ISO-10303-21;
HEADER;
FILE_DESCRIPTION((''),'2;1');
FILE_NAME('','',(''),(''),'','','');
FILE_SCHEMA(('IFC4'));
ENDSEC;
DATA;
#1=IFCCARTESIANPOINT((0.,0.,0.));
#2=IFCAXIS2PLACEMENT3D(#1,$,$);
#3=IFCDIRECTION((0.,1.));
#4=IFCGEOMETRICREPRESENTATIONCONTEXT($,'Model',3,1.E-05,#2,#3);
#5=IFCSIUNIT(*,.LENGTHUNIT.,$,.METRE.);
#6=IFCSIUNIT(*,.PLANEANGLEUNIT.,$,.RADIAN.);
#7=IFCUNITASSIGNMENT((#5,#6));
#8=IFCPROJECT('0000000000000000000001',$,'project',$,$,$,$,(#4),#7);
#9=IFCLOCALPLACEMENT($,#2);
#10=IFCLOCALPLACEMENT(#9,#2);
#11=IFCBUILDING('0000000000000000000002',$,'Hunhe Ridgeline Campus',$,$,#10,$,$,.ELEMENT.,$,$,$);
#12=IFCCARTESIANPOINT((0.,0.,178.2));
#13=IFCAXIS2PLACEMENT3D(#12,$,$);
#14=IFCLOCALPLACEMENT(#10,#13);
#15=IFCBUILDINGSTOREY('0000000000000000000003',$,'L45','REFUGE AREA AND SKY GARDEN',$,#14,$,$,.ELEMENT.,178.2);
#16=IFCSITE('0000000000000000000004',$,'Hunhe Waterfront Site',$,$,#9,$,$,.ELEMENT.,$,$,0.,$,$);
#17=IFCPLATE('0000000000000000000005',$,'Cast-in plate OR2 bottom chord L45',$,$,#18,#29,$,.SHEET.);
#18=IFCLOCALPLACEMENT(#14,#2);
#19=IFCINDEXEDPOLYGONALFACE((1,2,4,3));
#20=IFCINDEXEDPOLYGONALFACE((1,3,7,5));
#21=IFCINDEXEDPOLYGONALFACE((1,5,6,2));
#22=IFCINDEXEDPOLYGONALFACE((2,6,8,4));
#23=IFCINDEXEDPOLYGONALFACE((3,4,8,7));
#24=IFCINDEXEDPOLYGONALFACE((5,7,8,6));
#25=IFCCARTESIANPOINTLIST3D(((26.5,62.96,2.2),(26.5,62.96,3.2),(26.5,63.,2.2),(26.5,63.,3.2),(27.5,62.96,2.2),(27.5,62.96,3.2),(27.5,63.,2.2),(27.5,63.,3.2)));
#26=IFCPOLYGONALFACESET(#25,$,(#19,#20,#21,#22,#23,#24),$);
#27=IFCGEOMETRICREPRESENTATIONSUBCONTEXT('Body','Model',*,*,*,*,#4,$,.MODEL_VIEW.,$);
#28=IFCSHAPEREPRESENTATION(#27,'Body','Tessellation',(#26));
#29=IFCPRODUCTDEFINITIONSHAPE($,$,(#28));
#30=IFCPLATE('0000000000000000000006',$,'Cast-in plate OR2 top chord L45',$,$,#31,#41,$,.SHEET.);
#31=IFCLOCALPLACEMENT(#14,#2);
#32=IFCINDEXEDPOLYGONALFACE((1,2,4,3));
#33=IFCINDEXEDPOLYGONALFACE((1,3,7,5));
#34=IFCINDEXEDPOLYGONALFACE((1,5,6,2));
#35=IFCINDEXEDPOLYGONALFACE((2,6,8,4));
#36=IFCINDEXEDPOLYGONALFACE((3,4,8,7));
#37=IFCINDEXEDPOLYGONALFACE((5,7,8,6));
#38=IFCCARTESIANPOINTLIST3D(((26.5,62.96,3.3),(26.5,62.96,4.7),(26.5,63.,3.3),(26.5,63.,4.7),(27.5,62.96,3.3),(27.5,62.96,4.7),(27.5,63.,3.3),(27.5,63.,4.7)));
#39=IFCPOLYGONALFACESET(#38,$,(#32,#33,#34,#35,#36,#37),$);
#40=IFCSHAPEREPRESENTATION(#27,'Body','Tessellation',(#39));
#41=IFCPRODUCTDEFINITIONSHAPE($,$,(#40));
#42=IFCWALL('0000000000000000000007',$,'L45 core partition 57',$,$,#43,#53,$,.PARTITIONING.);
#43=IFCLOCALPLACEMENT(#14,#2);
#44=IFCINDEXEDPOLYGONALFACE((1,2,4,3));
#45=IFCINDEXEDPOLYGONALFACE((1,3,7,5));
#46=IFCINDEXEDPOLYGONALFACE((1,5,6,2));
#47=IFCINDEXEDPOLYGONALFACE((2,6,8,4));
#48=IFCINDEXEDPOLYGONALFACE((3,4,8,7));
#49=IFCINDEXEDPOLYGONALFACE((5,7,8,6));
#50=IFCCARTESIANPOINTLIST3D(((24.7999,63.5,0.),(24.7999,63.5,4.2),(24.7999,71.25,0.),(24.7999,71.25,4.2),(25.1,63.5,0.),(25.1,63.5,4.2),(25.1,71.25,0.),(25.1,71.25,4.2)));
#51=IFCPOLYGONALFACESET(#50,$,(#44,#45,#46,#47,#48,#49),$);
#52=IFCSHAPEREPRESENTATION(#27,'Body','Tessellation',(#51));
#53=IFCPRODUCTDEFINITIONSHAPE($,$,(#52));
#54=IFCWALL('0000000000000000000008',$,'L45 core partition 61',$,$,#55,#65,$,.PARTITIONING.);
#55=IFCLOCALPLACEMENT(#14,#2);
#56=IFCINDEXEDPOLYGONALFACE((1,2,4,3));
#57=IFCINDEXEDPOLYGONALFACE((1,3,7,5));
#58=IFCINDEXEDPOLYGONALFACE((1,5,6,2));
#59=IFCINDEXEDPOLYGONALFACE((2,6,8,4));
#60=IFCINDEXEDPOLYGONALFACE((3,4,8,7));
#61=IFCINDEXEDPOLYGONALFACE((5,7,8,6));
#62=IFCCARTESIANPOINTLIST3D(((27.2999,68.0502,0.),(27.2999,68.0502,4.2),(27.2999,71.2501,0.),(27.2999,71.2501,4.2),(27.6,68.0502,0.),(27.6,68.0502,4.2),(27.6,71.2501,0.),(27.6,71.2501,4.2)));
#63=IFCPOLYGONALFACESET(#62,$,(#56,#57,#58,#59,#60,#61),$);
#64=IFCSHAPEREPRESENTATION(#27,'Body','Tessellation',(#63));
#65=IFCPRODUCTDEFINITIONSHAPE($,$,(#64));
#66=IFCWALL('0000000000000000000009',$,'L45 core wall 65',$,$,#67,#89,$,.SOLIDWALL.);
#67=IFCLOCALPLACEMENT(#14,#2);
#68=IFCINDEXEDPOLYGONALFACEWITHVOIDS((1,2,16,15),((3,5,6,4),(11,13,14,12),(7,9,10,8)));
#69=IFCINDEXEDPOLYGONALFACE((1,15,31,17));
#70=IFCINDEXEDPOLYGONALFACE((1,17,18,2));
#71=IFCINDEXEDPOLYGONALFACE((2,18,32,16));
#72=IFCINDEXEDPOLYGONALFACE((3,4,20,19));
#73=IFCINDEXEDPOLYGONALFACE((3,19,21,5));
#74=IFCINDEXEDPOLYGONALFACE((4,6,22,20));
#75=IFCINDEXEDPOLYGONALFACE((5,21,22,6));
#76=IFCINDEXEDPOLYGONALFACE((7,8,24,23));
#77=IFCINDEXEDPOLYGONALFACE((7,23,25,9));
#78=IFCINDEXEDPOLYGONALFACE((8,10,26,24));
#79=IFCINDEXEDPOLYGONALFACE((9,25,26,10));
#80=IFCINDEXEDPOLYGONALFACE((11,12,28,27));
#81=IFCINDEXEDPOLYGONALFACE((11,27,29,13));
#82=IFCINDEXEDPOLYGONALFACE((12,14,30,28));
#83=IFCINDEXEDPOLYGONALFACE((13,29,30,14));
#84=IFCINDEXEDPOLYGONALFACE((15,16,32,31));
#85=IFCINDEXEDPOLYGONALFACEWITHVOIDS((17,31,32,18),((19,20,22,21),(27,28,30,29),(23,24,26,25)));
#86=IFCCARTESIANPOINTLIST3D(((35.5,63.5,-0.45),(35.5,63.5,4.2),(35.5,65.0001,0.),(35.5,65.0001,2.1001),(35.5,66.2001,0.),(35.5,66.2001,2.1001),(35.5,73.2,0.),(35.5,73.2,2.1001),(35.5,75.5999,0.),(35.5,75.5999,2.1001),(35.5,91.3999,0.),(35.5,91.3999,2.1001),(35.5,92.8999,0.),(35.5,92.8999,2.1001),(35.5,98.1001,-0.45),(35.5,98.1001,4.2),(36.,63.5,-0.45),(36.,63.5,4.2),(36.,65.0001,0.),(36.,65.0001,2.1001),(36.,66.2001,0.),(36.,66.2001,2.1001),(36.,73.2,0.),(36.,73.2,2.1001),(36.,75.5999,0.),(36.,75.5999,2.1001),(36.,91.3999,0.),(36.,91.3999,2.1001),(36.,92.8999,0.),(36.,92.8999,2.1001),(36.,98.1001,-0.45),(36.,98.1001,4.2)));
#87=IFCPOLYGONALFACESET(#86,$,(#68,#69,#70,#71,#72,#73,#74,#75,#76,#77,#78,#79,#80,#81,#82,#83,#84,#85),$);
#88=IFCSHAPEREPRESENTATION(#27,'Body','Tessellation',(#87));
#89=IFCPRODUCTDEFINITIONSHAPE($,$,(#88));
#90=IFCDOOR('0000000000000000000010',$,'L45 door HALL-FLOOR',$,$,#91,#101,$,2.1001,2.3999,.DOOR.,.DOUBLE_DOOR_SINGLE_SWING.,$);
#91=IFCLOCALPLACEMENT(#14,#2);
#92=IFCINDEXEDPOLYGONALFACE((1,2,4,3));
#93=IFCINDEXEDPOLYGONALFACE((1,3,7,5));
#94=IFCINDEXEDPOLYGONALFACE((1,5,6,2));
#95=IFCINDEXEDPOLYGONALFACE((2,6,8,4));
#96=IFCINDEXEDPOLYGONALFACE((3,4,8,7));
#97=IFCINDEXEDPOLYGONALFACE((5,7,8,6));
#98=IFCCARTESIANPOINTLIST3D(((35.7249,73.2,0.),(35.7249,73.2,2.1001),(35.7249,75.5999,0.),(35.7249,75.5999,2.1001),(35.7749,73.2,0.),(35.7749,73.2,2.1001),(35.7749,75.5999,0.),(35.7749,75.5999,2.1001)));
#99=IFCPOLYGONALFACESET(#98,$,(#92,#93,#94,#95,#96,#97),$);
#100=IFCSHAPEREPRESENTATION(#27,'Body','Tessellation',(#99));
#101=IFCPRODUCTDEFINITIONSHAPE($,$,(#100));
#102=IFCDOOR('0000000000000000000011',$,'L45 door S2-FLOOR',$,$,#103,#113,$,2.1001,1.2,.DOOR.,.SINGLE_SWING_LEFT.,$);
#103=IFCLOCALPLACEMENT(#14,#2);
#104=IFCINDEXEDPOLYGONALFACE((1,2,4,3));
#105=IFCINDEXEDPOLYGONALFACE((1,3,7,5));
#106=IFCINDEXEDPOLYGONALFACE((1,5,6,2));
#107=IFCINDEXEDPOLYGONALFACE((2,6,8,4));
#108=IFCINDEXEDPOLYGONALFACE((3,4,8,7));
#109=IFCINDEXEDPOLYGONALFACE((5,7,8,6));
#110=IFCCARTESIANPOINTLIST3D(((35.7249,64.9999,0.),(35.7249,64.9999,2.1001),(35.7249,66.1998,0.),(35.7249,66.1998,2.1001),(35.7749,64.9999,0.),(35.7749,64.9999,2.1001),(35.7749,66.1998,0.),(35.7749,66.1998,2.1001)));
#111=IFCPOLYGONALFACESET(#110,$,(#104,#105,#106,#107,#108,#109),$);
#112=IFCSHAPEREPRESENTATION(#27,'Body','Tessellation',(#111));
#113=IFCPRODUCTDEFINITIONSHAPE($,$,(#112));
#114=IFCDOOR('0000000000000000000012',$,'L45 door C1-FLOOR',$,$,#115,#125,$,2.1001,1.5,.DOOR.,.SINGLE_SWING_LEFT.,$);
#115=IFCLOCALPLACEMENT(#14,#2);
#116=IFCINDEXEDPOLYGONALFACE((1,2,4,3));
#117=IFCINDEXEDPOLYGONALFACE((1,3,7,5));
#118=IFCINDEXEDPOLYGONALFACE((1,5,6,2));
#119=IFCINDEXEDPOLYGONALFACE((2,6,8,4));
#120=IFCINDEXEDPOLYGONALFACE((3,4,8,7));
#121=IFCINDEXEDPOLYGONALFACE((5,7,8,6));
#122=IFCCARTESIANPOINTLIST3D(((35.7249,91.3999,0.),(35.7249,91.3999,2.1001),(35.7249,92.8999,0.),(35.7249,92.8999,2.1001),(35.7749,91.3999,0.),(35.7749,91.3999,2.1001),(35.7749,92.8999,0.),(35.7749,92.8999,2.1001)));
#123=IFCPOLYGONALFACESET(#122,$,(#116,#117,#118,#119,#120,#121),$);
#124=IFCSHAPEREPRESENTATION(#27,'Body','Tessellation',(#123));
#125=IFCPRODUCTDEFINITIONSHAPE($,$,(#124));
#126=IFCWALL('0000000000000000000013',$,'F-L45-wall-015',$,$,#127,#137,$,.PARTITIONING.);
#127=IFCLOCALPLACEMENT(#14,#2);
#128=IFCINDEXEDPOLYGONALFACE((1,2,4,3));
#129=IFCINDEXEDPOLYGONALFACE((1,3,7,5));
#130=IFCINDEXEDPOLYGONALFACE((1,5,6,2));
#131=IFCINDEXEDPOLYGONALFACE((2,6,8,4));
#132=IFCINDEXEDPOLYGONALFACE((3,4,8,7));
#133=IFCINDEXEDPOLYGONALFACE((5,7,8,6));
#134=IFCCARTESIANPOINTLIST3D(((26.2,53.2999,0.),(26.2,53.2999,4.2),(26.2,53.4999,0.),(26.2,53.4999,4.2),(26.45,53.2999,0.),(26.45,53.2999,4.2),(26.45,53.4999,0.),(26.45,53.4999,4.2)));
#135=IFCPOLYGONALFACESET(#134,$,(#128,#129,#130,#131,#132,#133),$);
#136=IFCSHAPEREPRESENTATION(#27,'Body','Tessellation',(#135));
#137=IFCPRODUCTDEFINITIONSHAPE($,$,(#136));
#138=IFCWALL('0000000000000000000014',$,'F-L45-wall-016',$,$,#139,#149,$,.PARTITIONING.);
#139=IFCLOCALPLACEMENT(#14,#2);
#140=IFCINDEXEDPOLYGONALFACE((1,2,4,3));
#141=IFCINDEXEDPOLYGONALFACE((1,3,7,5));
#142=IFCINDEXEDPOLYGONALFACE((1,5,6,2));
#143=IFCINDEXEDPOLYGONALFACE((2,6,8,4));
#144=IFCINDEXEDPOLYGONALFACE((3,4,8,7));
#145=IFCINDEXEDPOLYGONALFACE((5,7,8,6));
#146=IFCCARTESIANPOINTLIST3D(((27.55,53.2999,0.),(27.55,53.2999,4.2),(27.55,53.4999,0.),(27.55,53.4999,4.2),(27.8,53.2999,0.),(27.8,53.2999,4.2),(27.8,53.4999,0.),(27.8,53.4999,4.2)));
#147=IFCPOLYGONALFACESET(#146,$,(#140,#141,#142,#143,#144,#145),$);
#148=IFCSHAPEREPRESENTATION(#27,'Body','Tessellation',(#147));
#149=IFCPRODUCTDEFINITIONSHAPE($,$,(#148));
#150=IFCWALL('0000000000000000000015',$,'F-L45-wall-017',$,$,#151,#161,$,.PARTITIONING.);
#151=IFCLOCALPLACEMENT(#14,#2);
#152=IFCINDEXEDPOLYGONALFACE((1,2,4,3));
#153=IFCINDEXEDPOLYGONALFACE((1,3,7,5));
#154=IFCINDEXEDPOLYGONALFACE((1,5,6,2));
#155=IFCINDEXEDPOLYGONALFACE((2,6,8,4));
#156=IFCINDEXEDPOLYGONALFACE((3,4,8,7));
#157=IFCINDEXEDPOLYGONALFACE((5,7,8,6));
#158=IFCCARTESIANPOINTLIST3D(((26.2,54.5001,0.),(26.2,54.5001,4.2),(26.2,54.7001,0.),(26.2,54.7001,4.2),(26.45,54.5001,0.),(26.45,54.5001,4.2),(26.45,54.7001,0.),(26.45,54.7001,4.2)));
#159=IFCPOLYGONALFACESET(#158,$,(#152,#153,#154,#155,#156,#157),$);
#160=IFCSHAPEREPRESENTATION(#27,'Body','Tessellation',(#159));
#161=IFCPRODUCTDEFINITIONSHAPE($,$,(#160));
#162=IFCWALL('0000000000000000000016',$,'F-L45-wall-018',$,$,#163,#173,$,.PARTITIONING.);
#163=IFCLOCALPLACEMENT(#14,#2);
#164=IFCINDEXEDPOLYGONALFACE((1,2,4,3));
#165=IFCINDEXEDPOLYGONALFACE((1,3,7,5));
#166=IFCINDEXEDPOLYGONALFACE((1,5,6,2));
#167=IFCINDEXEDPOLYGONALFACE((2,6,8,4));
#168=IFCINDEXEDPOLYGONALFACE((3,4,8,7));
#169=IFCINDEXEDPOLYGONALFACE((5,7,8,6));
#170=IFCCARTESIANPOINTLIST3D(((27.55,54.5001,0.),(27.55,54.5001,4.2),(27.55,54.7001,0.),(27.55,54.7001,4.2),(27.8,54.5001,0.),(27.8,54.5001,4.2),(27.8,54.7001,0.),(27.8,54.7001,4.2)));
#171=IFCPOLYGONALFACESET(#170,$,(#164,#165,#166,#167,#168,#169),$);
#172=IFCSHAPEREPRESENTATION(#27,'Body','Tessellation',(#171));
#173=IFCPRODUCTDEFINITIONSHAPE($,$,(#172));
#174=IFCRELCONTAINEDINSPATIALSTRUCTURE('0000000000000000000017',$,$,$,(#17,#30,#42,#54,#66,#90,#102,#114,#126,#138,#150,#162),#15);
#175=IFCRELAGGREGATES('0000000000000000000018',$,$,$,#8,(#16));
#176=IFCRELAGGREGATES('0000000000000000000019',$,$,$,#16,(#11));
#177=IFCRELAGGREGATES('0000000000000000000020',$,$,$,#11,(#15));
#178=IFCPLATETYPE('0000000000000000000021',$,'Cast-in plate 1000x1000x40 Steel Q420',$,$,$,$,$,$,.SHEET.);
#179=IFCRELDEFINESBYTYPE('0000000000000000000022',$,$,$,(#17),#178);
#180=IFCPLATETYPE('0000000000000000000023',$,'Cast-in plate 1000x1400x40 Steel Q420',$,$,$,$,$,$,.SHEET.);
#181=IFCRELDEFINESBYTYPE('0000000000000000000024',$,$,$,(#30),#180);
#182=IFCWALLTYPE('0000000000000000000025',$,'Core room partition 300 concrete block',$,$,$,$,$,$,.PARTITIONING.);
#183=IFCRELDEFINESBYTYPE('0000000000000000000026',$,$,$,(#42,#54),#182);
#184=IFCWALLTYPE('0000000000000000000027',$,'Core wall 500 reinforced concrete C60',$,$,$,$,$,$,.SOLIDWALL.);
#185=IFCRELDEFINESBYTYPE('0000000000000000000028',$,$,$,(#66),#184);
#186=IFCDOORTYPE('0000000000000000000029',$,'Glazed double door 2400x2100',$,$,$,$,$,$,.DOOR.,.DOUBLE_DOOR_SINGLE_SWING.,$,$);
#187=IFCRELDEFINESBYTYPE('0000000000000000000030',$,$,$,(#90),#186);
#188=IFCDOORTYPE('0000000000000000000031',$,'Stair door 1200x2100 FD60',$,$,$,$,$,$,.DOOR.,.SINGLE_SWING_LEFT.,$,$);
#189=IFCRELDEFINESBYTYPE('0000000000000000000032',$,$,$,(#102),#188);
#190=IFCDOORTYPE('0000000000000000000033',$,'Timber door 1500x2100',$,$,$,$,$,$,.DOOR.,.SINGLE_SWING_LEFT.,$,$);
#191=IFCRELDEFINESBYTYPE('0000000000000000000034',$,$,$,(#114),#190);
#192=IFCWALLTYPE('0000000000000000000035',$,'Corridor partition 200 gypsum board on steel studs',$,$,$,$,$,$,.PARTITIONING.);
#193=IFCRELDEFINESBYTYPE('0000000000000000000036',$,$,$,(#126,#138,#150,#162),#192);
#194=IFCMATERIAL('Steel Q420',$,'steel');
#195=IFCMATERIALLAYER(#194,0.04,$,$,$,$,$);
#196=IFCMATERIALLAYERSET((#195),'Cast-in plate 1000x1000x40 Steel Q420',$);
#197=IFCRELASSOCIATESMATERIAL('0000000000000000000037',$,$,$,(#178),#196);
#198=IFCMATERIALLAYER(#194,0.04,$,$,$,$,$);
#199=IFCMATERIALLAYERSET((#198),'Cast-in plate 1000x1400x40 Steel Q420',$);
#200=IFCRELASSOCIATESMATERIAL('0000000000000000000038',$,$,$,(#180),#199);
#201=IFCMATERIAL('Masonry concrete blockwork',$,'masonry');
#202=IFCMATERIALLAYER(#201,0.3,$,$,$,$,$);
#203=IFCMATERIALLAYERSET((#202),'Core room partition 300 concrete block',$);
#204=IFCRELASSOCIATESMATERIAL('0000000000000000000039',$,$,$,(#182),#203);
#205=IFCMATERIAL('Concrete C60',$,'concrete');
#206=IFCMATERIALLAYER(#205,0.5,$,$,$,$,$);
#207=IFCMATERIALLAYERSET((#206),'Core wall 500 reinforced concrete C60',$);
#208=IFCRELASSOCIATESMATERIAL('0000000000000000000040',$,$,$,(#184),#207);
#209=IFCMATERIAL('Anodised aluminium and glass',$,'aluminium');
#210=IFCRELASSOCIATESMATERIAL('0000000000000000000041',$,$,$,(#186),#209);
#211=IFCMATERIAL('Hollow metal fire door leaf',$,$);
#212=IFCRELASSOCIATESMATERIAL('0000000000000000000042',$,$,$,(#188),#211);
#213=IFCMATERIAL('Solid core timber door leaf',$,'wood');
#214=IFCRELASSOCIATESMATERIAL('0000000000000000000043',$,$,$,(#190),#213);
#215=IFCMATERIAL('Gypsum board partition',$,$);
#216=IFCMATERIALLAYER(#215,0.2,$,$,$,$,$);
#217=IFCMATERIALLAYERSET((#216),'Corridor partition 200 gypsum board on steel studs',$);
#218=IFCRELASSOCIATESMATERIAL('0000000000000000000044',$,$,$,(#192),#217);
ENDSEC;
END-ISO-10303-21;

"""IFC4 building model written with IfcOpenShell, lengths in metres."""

from ifc_helpers import new_model, si_unit, direction, frame, frame_2d, origin, origin_2d, place, context, subcontext, project, spatial, rectangle, extrude, material, layer, layer_set, type_object, element, fill, save


model = new_model("IFC4")

# Units and contexts
model_context = context("Model", 3, precision=1e-05, world=origin(), true_north=direction((0.0, 1.0)))
body_context = subcontext(model_context, "Body", "Model", "MODEL_VIEW")
ifc_project = project(units=[si_unit("LENGTHUNIT", "METRE"), si_unit("PLANEANGLEUNIT", "RADIAN")], contexts=[model_context])

# Site, building, storey
site_placement = place(None, origin())
site = spatial("IfcSite", under=ifc_project, at=site_placement, Name="Hunhe Waterfront Site", CompositionType="ELEMENT", RefElevation=0.0)
building_placement = place(site_placement, origin())
building = spatial("IfcBuilding", under=site, at=building_placement, Name="Hunhe Ridgeline Campus", CompositionType="ELEMENT")
storey_placement = place(building_placement, frame((0.0, 0.0, 178.2)))
storey = spatial("IfcBuildingStorey", under=building, at=storey_placement, Name="L45", Description="REFUGE AREA AND SKY GARDEN", CompositionType="ELEMENT", Elevation=178.2)

# Shared definitions
ifc_material_1 = material(Name="Steel Q420", Category="steel")

# Plates
ifc_layer_1 = layer(ifc_material_1, 0.04)
ifc_layer_set_1 = layer_set([ifc_layer_1], Name="Cast-in plate 1000x1000x40 Steel Q420")
plate_type_1 = type_object("IfcPlateType", Name="Cast-in plate 1000x1000x40 Steel Q420", PredefinedType="SHEET", material=ifc_layer_set_1)
plate_1_placement = place(storey_placement, frame((27.0, 62.98, 2.2), z_axis=(0.0, 0.0, 1.0), x_axis=(0.0, -1.0, 0.0)))
element("IfcPlate", 1, at=plate_1_placement, inside=storey, type_object=plate_type_1, Name="Cast-in plate OR2 bottom chord L45", PredefinedType="SHEET", context=body_context, shape_type="SweptSolid", body=[
    extrude(rectangle(XDim=0.04, YDim=1.0, at=origin_2d()), origin(), (0.0, 0.0, 1.0), 1.0),
])
ifc_layer_2 = layer(ifc_material_1, 0.04)
ifc_layer_set_2 = layer_set([ifc_layer_2], Name="Cast-in plate 1000x1400x40 Steel Q420")
plate_type_2 = type_object("IfcPlateType", Name="Cast-in plate 1000x1400x40 Steel Q420", PredefinedType="SHEET", material=ifc_layer_set_2)
plate_2_placement = place(storey_placement, frame((27.0, 62.98, 3.3), z_axis=(0.0, 0.0, 1.0), x_axis=(0.0, -1.0, 0.0)))
element("IfcPlate", 2, at=plate_2_placement, inside=storey, type_object=plate_type_2, Name="Cast-in plate OR2 top chord L45", PredefinedType="SHEET", context=body_context, shape_type="SweptSolid", body=[
    extrude(rectangle(XDim=0.04, YDim=1.0, at=origin_2d()), origin(), (0.0, 0.0, 1.0), 1.3999),
])

# Walls
ifc_material_2 = material(Name="Masonry concrete blockwork", Category="masonry")
ifc_layer_3 = layer(ifc_material_2, 0.3)
ifc_layer_set_3 = layer_set([ifc_layer_3], Name="Core room partition 300 concrete block")
wall_type_1 = type_object("IfcWallType", Name="Core room partition 300 concrete block", PredefinedType="PARTITIONING", material=ifc_layer_set_3)
wall_1_placement = place(storey_placement, frame((24.95, 63.5, 0.0), z_axis=(0.0, 0.0, 1.0), x_axis=(0.0, 1.0, 0.0)))
element("IfcWall", 3, at=wall_1_placement, inside=storey, type_object=wall_type_1, Name="L45 core partition 57", PredefinedType="PARTITIONING", context=body_context, shape_type="SweptSolid", body=[
    extrude(rectangle(XDim=7.75, YDim=0.3, at=frame_2d((3.875, 0.0))), origin(), (0.0, 0.0, 1.0), 4.2),
])
wall_2_placement = place(storey_placement, frame((27.45, 68.05, 0.0), z_axis=(0.0, 0.0, 1.0), x_axis=(0.0, 1.0, 0.0)))
element("IfcWall", 4, at=wall_2_placement, inside=storey, type_object=wall_type_1, Name="L45 core partition 61", PredefinedType="PARTITIONING", context=body_context, shape_type="SweptSolid", body=[
    extrude(rectangle(XDim=3.2, YDim=0.3, at=frame_2d((1.6001, 0.0))), origin(), (0.0, 0.0, 1.0), 4.2),
])

# Wall, openings, doors
ifc_material_3 = material(Name="Concrete C60", Category="concrete")
ifc_layer_4 = layer(ifc_material_3, 0.5)
ifc_layer_set_4 = layer_set([ifc_layer_4], Name="Core wall 500 reinforced concrete C60")
wall_type_2 = type_object("IfcWallType", Name="Core wall 500 reinforced concrete C60", PredefinedType="SOLIDWALL", material=ifc_layer_set_4)
wall_3_placement = place(storey_placement, frame((35.75, 63.5, -0.45), z_axis=(0.0, 0.0, 1.0), x_axis=(0.0, 1.0, 0.0)))
wall_3 = element("IfcWall", 5, at=wall_3_placement, inside=storey, type_object=wall_type_2, Name="L45 core wall 65", PredefinedType="SOLIDWALL", context=body_context, shape_type="SweptSolid", body=[
    extrude(rectangle(XDim=34.6001, YDim=0.5, at=frame_2d((17.3, 0.0))), origin(), (0.0, 0.0, 1.0), 4.6499),
])
opening_1_placement = place(wall_3_placement, frame((9.7, 0.0, 0.45)))
opening_1 = element("IfcOpeningElement", 6, at=opening_1_placement, cuts=wall_3, PredefinedType="OPENING", context=body_context, shape_type="SweptSolid", body=[
    extrude(rectangle(XDim=2.3999, YDim=2.1001, at=frame_2d((1.2, 1.05))), frame((0.0, 0.25, 0.0), z_axis=(0.0, -1.0, 0.0), x_axis=(1.0, 0.0, 0.0)), (0.0, 0.0, 1.0), 0.5),
])
opening_2_placement = place(wall_3_placement, frame((27.8999, 0.0, 0.45)))
opening_2 = element("IfcOpeningElement", 7, at=opening_2_placement, cuts=wall_3, PredefinedType="OPENING", context=body_context, shape_type="SweptSolid", body=[
    extrude(rectangle(XDim=1.5, YDim=2.1001, at=frame_2d((0.75, 1.05))), frame((0.0, 0.25, 0.0), z_axis=(0.0, -1.0, 0.0), x_axis=(1.0, 0.0, 0.0)), (0.0, 0.0, 1.0), 0.5),
])
opening_3_placement = place(wall_3_placement, frame((1.5, 0.0, 0.45)))
opening_3 = element("IfcOpeningElement", 8, at=opening_3_placement, cuts=wall_3, PredefinedType="OPENING", context=body_context, shape_type="SweptSolid", body=[
    extrude(rectangle(XDim=1.2, YDim=2.1001, at=frame_2d((0.6001, 1.05))), frame((0.0, 0.25, 0.0), z_axis=(0.0, -1.0, 0.0), x_axis=(1.0, 0.0, 0.0)), (0.0, 0.0, 1.0), 0.5),
])
ifc_material_4 = material(Name="Anodised aluminium and glass", Category="aluminium")
door_type_1 = type_object("IfcDoorType", Name="Glazed double door 2400x2100", OperationType="DOUBLE_DOOR_SINGLE_SWING", PredefinedType="DOOR", material=ifc_material_4)
door_1_placement = place(opening_1_placement, frame((2.3999, 0.0, 0.0), z_axis=(0.0, 0.0, 1.0), x_axis=(-1.0, 0.0, 0.0)))
door_1 = element("IfcDoor", 9, at=door_1_placement, inside=storey, type_object=door_type_1, Name="L45 door HALL-FLOOR", OperationType="DOUBLE_DOOR_SINGLE_SWING", OverallHeight=2.1001, OverallWidth=2.3999, PredefinedType="DOOR", context=body_context, shape_type="SweptSolid", body=[
    extrude(rectangle(XDim=2.3999, YDim=2.1001, at=frame_2d((1.2, 1.05))), frame((0.0, 0.0249, 0.0), z_axis=(0.0, -1.0, 0.0), x_axis=(1.0, 0.0, 0.0)), (0.0, 0.0, 1.0), 0.05),
])
fill(opening_1, door_1)
ifc_material_5 = material(Name="Hollow metal fire door leaf")
door_type_2 = type_object("IfcDoorType", Name="Stair door 1200x2100 FD60", OperationType="SINGLE_SWING_LEFT", PredefinedType="DOOR", material=ifc_material_5)
door_2_placement = place(opening_3_placement, frame((1.2, 0.0, 0.0), z_axis=(0.0, 0.0, 1.0), x_axis=(-1.0, 0.0, 0.0)))
door_2 = element("IfcDoor", 10, at=door_2_placement, inside=storey, type_object=door_type_2, Name="L45 door S2-FLOOR", OperationType="SINGLE_SWING_LEFT", OverallHeight=2.1001, OverallWidth=1.2, PredefinedType="DOOR", context=body_context, shape_type="SweptSolid", body=[
    extrude(rectangle(XDim=1.2, YDim=2.1001, at=frame_2d((0.6001, 1.05))), frame((0.0, 0.0249, 0.0), z_axis=(0.0, -1.0, 0.0), x_axis=(1.0, 0.0, 0.0)), (0.0, 0.0, 1.0), 0.05),
])
fill(opening_3, door_2)
ifc_material_6 = material(Name="Solid core timber door leaf", Category="wood")
door_type_3 = type_object("IfcDoorType", Name="Timber door 1500x2100", OperationType="SINGLE_SWING_LEFT", PredefinedType="DOOR", material=ifc_material_6)
door_3_placement = place(opening_2_placement, frame((1.5, 0.0, 0.0), z_axis=(0.0, 0.0, 1.0), x_axis=(-1.0, 0.0, 0.0)))
door_3 = element("IfcDoor", 11, at=door_3_placement, inside=storey, type_object=door_type_3, Name="L45 door C1-FLOOR", OperationType="SINGLE_SWING_LEFT", OverallHeight=2.1001, OverallWidth=1.5, PredefinedType="DOOR", context=body_context, shape_type="SweptSolid", body=[
    extrude(rectangle(XDim=1.5, YDim=2.1001, at=frame_2d((0.75, 1.05))), frame((0.0, 0.0249, 0.0), z_axis=(0.0, -1.0, 0.0), x_axis=(1.0, 0.0, 0.0)), (0.0, 0.0, 1.0), 0.05),
])
fill(opening_2, door_3)

# Walls
ifc_material_7 = material(Name="Gypsum board partition")
ifc_layer_5 = layer(ifc_material_7, 0.2)
ifc_layer_set_5 = layer_set([ifc_layer_5], Name="Corridor partition 200 gypsum board on steel studs")
wall_type_3 = type_object("IfcWallType", Name="Corridor partition 200 gypsum board on steel studs", PredefinedType="PARTITIONING", material=ifc_layer_set_5)
for number, where, z_axis, x_axis, name in (
    (12, (26.2, 53.3999, 0.0), (0.0, 0.0, 1.0), (1.0, 0.0, 0.0), "F-L45-wall-015"),
    (13, (27.55, 53.3999, 0.0), (0.0, 0.0, 1.0), (1.0, 0.0, 0.0), "F-L45-wall-016"),
    (14, (26.2, 54.6001, 0.0), (0.0, 0.0, 1.0), (1.0, 0.0, 0.0), "F-L45-wall-017"),
    (15, (27.55, 54.6001, 0.0), (0.0, 0.0, 1.0), (1.0, 0.0, 0.0), "F-L45-wall-018"),
):
    element("IfcWall", number, at=place(storey_placement, frame(where, z_axis=z_axis, x_axis=x_axis)), inside=storey, type_object=wall_type_3, Name=name, PredefinedType="PARTITIONING", context=body_context, shape_type="SweptSolid", body=[
        extrude(rectangle(XDim=0.25, YDim=0.2, at=frame_2d((0.125, 0.0))), origin(), (0.0, 0.0, 1.0), 4.2),
    ])

save(model, "model.ifc")
